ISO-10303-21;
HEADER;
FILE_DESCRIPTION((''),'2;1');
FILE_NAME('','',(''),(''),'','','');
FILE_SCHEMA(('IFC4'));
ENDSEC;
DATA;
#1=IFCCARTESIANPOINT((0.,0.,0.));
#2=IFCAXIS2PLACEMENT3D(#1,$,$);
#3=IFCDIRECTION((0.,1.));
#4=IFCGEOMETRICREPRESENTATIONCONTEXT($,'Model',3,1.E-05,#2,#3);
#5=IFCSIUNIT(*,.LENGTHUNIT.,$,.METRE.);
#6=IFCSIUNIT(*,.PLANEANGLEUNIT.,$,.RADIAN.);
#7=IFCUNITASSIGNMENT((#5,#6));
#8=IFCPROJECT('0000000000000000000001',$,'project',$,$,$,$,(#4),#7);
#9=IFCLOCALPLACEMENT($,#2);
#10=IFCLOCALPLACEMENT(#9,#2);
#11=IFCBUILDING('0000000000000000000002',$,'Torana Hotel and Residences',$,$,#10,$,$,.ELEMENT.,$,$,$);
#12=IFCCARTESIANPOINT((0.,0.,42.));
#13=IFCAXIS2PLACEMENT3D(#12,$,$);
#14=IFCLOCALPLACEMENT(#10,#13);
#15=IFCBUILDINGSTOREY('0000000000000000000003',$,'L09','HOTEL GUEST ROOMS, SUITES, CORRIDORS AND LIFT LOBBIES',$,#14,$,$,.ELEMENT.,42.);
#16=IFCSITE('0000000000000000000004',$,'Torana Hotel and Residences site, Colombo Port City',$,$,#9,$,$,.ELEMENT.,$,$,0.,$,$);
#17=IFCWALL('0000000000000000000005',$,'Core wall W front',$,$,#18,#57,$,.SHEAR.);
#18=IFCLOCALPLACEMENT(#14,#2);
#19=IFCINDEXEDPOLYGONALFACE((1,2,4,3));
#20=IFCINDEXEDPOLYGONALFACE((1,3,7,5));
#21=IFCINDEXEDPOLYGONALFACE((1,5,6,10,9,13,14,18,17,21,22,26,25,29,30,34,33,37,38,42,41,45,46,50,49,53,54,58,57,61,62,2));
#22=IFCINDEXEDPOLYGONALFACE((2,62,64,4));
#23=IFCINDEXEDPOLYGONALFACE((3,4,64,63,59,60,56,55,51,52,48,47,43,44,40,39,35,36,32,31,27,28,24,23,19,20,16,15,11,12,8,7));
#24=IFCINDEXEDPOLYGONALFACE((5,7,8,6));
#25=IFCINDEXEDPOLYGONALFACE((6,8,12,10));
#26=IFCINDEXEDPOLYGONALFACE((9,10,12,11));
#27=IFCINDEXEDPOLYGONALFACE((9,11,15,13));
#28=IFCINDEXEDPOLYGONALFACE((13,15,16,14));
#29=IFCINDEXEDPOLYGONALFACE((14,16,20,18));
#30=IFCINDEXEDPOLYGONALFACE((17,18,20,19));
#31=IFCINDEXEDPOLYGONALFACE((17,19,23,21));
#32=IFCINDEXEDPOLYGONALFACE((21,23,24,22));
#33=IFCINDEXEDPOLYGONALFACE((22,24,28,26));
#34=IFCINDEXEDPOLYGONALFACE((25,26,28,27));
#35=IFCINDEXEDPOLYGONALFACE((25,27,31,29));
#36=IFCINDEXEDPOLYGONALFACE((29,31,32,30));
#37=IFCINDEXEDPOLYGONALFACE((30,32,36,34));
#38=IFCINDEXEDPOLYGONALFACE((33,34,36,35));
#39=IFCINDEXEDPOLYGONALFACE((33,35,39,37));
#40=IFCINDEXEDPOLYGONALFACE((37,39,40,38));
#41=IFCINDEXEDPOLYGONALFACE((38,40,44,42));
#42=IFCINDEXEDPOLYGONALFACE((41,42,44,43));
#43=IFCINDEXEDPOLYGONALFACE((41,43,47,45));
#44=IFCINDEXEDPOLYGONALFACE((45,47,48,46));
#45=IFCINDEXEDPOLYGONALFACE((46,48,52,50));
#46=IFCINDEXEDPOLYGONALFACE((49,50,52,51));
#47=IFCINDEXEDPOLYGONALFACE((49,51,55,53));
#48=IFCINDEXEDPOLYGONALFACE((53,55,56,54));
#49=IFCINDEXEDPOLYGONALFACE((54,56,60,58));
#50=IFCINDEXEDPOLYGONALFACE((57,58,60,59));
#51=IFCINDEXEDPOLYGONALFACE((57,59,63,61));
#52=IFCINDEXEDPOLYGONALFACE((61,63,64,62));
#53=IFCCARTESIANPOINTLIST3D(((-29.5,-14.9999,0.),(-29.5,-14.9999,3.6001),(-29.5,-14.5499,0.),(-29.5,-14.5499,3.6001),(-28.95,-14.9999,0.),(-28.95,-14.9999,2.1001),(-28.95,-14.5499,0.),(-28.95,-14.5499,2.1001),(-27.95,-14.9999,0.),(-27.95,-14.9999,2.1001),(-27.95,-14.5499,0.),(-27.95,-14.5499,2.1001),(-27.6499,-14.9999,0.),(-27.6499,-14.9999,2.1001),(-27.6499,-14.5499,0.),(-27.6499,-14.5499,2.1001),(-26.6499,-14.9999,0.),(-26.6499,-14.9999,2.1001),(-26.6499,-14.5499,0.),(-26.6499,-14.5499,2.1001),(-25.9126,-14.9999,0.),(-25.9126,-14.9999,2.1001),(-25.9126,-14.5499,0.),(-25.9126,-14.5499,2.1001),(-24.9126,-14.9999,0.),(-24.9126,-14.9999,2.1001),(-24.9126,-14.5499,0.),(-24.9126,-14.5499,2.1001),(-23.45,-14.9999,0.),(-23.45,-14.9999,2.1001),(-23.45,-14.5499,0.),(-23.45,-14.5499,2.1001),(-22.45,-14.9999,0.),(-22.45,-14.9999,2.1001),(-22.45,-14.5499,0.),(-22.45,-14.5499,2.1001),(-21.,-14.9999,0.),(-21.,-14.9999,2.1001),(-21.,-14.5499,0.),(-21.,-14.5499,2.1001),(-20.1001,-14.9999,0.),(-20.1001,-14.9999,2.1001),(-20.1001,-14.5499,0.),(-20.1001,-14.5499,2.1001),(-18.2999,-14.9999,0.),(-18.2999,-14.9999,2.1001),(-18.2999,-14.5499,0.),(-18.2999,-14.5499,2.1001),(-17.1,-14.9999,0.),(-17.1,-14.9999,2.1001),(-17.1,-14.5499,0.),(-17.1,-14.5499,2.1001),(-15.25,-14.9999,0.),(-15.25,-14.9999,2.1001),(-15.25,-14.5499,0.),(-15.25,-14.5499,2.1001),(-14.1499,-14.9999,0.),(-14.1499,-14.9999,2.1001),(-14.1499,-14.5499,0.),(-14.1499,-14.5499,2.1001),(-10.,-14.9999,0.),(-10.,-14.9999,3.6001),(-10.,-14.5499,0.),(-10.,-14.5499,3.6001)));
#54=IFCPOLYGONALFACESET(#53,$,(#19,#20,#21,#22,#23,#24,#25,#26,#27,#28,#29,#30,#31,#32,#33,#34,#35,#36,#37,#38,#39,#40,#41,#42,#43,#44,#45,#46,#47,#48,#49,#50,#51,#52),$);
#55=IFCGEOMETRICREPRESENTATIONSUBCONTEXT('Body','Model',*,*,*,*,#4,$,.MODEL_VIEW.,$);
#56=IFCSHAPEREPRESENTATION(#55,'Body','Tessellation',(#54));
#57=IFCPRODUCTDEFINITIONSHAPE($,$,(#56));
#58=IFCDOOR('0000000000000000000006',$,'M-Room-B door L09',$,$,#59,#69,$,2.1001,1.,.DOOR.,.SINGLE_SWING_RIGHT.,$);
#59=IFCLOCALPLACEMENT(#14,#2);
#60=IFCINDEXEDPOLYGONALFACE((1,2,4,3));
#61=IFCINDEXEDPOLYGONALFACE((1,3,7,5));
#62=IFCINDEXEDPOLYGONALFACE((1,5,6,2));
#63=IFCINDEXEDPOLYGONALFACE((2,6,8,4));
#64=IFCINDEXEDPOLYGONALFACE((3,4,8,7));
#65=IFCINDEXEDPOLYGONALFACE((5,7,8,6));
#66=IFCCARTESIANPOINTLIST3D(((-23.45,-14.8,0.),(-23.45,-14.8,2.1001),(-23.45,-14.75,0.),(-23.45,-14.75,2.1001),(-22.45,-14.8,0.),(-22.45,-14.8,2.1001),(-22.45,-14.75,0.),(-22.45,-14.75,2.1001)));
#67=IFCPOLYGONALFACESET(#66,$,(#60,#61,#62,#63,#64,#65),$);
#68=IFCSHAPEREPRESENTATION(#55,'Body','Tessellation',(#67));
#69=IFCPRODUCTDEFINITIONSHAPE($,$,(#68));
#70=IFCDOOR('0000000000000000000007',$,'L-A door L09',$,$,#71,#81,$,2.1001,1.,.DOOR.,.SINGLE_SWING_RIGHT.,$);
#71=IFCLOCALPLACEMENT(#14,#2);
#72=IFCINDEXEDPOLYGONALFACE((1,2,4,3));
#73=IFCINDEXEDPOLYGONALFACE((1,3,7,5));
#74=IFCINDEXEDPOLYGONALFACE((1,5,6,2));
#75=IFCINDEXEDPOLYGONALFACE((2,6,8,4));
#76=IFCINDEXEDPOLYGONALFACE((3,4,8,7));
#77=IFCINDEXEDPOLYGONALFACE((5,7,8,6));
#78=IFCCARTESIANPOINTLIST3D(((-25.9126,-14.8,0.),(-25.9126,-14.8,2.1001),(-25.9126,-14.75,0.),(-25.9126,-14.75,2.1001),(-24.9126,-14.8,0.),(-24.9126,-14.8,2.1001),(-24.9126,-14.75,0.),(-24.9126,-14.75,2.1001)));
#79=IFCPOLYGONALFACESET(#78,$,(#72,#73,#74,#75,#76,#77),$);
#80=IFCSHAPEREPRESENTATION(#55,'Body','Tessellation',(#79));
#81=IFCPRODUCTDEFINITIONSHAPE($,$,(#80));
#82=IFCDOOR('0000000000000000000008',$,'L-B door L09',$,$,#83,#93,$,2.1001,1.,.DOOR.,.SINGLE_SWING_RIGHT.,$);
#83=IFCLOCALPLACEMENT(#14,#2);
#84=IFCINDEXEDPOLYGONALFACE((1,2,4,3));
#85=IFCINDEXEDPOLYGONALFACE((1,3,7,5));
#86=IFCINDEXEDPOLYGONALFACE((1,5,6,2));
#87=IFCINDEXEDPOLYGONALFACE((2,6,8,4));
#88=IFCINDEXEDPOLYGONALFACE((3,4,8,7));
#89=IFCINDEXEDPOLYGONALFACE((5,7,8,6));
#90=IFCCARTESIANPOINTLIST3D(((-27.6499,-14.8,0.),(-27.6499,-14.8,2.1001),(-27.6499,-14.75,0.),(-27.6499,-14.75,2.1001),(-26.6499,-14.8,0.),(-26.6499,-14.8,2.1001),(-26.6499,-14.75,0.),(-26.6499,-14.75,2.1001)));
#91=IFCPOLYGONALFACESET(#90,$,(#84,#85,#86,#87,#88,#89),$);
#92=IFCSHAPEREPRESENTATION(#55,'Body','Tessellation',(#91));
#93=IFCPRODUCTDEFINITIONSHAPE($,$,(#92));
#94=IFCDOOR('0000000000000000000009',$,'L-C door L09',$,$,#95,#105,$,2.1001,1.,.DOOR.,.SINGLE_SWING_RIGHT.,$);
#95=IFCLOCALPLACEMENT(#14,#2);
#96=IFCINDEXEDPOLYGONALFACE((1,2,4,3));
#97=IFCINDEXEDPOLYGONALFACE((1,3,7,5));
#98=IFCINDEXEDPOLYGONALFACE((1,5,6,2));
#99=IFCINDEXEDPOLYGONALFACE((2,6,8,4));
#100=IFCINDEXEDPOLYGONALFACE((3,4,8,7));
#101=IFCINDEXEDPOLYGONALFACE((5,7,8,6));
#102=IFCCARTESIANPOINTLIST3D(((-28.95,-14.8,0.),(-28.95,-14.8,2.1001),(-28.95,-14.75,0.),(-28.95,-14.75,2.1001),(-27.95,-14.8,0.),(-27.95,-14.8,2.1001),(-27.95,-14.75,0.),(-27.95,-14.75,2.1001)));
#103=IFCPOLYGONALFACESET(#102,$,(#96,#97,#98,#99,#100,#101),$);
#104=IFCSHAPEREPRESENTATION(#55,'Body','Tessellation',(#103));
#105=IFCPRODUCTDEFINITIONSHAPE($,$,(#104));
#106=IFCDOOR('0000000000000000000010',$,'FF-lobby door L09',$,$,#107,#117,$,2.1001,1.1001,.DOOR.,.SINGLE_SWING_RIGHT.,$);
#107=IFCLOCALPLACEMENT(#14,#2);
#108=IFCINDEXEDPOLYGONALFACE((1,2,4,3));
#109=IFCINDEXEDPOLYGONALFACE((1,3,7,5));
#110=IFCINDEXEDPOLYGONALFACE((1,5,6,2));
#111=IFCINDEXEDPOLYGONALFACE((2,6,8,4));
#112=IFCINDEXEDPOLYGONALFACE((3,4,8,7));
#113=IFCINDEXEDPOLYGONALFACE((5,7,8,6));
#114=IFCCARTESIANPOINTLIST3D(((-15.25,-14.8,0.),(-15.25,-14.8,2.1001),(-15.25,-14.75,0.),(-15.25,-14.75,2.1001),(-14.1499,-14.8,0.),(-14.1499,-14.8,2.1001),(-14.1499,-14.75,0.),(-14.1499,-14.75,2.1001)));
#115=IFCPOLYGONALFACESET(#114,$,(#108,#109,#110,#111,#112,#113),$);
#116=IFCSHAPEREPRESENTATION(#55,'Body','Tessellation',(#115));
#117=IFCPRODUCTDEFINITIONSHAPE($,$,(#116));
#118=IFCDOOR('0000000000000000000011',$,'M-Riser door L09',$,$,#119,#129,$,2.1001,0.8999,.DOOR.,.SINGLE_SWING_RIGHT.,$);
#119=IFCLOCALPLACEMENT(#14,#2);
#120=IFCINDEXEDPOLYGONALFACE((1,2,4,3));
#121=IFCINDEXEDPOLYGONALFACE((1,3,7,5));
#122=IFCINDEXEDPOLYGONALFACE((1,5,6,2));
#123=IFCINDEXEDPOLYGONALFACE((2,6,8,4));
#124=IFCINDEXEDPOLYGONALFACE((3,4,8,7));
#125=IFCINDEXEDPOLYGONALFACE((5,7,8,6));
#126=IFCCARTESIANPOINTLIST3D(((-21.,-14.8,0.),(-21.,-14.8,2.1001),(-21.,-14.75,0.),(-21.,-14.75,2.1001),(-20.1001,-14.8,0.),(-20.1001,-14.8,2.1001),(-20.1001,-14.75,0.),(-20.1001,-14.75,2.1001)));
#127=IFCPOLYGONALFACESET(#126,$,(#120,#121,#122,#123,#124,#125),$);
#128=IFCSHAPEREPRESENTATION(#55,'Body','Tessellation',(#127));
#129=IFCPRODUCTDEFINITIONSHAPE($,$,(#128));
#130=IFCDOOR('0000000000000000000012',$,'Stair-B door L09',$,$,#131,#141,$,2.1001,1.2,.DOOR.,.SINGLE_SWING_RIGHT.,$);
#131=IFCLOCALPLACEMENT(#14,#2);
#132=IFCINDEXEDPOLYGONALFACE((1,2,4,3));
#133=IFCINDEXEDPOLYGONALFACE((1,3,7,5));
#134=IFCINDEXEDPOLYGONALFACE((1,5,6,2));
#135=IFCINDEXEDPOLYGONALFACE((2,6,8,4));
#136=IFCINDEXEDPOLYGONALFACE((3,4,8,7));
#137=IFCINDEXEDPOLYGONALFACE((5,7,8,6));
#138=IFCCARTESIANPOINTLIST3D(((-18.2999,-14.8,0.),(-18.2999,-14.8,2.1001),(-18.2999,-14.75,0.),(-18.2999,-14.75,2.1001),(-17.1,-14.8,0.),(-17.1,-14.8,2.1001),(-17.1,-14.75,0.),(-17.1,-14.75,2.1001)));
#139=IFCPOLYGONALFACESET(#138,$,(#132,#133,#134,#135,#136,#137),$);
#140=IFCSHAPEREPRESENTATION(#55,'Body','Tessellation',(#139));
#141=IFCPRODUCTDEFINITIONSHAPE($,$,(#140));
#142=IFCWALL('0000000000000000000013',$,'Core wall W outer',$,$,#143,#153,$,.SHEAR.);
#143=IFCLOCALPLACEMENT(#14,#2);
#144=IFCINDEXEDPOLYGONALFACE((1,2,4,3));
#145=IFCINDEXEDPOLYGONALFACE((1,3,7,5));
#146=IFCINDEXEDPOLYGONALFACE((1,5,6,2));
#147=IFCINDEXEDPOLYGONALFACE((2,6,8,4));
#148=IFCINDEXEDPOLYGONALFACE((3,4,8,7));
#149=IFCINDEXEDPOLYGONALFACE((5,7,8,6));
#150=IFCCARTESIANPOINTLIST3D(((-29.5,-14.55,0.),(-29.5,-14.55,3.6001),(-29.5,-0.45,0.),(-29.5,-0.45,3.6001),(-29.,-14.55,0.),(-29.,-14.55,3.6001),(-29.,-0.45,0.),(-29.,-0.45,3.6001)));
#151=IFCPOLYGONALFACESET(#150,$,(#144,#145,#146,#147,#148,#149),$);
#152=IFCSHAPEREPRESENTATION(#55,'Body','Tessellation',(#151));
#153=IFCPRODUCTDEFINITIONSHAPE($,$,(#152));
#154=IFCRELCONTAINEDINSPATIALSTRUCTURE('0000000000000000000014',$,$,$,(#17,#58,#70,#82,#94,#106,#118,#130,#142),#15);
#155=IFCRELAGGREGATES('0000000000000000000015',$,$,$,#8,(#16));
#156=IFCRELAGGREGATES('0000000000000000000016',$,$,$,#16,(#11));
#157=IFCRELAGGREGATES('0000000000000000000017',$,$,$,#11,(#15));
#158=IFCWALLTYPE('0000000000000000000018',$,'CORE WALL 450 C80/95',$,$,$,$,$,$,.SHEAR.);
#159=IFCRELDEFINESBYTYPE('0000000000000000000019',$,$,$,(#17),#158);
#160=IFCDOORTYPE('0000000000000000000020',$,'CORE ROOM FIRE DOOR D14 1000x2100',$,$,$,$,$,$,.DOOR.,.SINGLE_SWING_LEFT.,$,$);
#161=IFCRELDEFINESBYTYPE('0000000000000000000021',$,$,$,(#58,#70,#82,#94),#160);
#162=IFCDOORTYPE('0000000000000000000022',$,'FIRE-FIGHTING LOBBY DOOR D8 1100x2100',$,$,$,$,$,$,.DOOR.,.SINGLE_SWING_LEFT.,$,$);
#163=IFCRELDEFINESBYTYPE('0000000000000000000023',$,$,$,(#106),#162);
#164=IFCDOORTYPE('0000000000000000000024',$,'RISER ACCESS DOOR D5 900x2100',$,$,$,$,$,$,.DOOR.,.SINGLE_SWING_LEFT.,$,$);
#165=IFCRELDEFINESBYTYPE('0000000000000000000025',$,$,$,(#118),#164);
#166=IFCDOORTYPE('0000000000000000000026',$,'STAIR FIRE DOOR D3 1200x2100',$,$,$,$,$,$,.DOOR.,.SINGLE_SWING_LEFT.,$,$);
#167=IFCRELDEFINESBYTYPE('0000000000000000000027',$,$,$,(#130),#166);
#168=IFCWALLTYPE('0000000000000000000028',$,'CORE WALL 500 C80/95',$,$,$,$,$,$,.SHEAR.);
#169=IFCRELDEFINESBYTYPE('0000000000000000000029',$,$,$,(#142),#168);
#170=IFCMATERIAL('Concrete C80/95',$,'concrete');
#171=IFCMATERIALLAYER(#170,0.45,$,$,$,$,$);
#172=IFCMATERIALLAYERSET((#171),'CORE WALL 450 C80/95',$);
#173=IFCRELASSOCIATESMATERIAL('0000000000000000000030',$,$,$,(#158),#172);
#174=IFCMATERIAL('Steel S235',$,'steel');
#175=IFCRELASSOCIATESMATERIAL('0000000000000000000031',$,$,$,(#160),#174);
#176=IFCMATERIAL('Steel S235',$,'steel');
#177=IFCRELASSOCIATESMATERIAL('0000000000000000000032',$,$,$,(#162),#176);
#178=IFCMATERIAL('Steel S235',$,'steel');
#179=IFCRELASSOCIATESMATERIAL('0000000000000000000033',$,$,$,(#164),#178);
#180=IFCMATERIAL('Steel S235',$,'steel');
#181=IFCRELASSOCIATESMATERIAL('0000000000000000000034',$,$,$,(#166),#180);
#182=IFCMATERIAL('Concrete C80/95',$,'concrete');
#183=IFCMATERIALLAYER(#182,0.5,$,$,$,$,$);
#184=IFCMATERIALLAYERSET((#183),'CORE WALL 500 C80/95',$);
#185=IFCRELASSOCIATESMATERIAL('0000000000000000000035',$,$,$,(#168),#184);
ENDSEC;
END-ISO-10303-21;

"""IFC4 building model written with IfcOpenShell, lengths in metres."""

from ifc_helpers import new_model, si_unit, direction, frame, frame_2d, origin, place, context, subcontext, project, spatial, rectangle, extrude, material, layer, layer_set, type_object, element, fill, save


model = new_model("IFC4")

# Units and contexts
model_context = context("Model", 3, precision=1e-05, world=origin(), true_north=direction((0.0, 1.0)))
body_context = subcontext(model_context, "Body", "Model", "MODEL_VIEW")
ifc_project = project(units=[si_unit("LENGTHUNIT", "METRE"), si_unit("PLANEANGLEUNIT", "RADIAN")], contexts=[model_context])

# Site, building, storey
site_placement = place(None, origin())
site = spatial("IfcSite", under=ifc_project, at=site_placement, Name="Torana Hotel and Residences site, Colombo Port City", CompositionType="ELEMENT", RefElevation=0.0)
building_placement = place(site_placement, origin())
building = spatial("IfcBuilding", under=site, at=building_placement, Name="Torana Hotel and Residences", CompositionType="ELEMENT")
storey_placement = place(building_placement, frame((0.0, 0.0, 42.0)))
storey = spatial("IfcBuildingStorey", under=building, at=storey_placement, Name="L09", Description="HOTEL GUEST ROOMS, SUITES, CORRIDORS AND LIFT LOBBIES", CompositionType="ELEMENT", Elevation=42.0)

# Wall, openings, doors
ifc_material_1 = material(Name="Concrete C80/95", Category="concrete")
ifc_layer_1 = layer(ifc_material_1, 0.45)
ifc_layer_set_1 = layer_set([ifc_layer_1], Name="CORE WALL 450 C80/95")
wall_type_1 = type_object("IfcWallType", Name="CORE WALL 450 C80/95", PredefinedType="SHEAR", material=ifc_layer_set_1)
wall_1_placement = place(storey_placement, frame((-29.5, -14.7749, 0.0), z_axis=(0.0, 0.0, 1.0), x_axis=(1.0, 0.0, 0.0)))
wall_1 = element("IfcWall", 1, at=wall_1_placement, inside=storey, type_object=wall_type_1, Name="Core wall W front", PredefinedType="SHEAR", context=body_context, shape_type="SweptSolid", body=[
    extrude(rectangle(XDim=19.5, YDim=0.45, at=frame_2d((9.75, 0.0))), origin(), (0.0, 0.0, 1.0), 3.6001),
])
opening_1_placement = place(wall_1_placement, frame((11.2, 0.0, 0.0)))
opening_1 = element("IfcOpeningElement", 2, at=opening_1_placement, cuts=wall_1, PredefinedType="OPENING", context=body_context, shape_type="SweptSolid", body=[
    extrude(rectangle(XDim=1.2, YDim=2.1001, at=frame_2d((0.6001, 1.05))), frame((0.0, 0.2349, 0.0), z_axis=(0.0, -1.0, 0.0), x_axis=(1.0, 0.0, 0.0)), (0.0, 0.0, 1.0), 0.47),
])
opening_2_placement = place(wall_1_placement, frame((14.25, 0.0, 0.0)))
opening_2 = element("IfcOpeningElement", 3, at=opening_2_placement, cuts=wall_1, PredefinedType="OPENING", context=body_context, shape_type="SweptSolid", body=[
    extrude(rectangle(XDim=1.1001, YDim=2.1001, at=frame_2d((0.55, 1.05))), frame((0.0, 0.2349, 0.0), z_axis=(0.0, -1.0, 0.0), x_axis=(1.0, 0.0, 0.0)), (0.0, 0.0, 1.0), 0.47),
])
opening_3_placement = place(wall_1_placement, frame((8.5, 0.0, 0.0)))
opening_3 = element("IfcOpeningElement", 4, at=opening_3_placement, cuts=wall_1, PredefinedType="OPENING", context=body_context, shape_type="SweptSolid", body=[
    extrude(rectangle(XDim=0.8999, YDim=2.1001, at=frame_2d((0.45, 1.05))), frame((0.0, 0.2349, 0.0), z_axis=(0.0, -1.0, 0.0), x_axis=(1.0, 0.0, 0.0)), (0.0, 0.0, 1.0), 0.47),
])
opening_4_placement = place(wall_1_placement, frame((6.05, 0.0, 0.0)))
opening_4 = element("IfcOpeningElement", 5, at=opening_4_placement, cuts=wall_1, PredefinedType="OPENING", context=body_context, shape_type="SweptSolid", body=[
    extrude(rectangle(XDim=1.0, YDim=2.1001, at=frame_2d((0.5, 1.05))), frame((0.0, 0.2349, 0.0), z_axis=(0.0, -1.0, 0.0), x_axis=(1.0, 0.0, 0.0)), (0.0, 0.0, 1.0), 0.47),
])
opening_5_placement = place(wall_1_placement, frame((3.5874, 0.0, 0.0)))
opening_5 = element("IfcOpeningElement", 6, at=opening_5_placement, cuts=wall_1, PredefinedType="OPENING", context=body_context, shape_type="SweptSolid", body=[
    extrude(rectangle(XDim=1.0, YDim=2.1001, at=frame_2d((0.5, 1.05))), frame((0.0, 0.2349, 0.0), z_axis=(0.0, -1.0, 0.0), x_axis=(1.0, 0.0, 0.0)), (0.0, 0.0, 1.0), 0.47),
])
opening_6_placement = place(wall_1_placement, frame((1.8501, 0.0, 0.0)))
opening_6 = element("IfcOpeningElement", 7, at=opening_6_placement, cuts=wall_1, PredefinedType="OPENING", context=body_context, shape_type="SweptSolid", body=[
    extrude(rectangle(XDim=1.0, YDim=2.1001, at=frame_2d((0.5, 1.05))), frame((0.0, 0.2349, 0.0), z_axis=(0.0, -1.0, 0.0), x_axis=(1.0, 0.0, 0.0)), (0.0, 0.0, 1.0), 0.47),
])
opening_7_placement = place(wall_1_placement, frame((0.55, 0.0, 0.0)))
opening_7 = element("IfcOpeningElement", 8, at=opening_7_placement, cuts=wall_1, PredefinedType="OPENING", context=body_context, shape_type="SweptSolid", body=[
    extrude(rectangle(XDim=1.0, YDim=2.1001, at=frame_2d((0.5, 1.05))), frame((0.0, 0.2349, 0.0), z_axis=(0.0, -1.0, 0.0), x_axis=(1.0, 0.0, 0.0)), (0.0, 0.0, 1.0), 0.47),
])
ifc_material_2 = material(Name="Steel S235", Category="steel")
door_type_1 = type_object("IfcDoorType", Name="CORE ROOM FIRE DOOR D14 1000x2100", OperationType="SINGLE_SWING_LEFT", PredefinedType="DOOR", material=ifc_material_2)
door_1_placement = place(opening_4_placement, origin())
door_1 = element("IfcDoor", 9, at=door_1_placement, inside=storey, type_object=door_type_1, Name="M-Room-B door L09", OperationType="SINGLE_SWING_RIGHT", OverallHeight=2.1001, OverallWidth=1.0, PredefinedType="DOOR", context=body_context, shape_type="SweptSolid", body=[
    extrude(rectangle(XDim=1.0, YDim=2.1001, at=frame_2d((0.5, 1.05))), frame((0.0, 0.0249, 0.0), z_axis=(0.0, -1.0, 0.0), x_axis=(1.0, 0.0, 0.0)), (0.0, 0.0, 1.0), 0.05),
])
fill(opening_4, door_1)
door_2_placement = place(opening_5_placement, origin())
door_2 = element("IfcDoor", 10, at=door_2_placement, inside=storey, type_object=door_type_1, Name="L-A door L09", OperationType="SINGLE_SWING_RIGHT", OverallHeight=2.1001, OverallWidth=1.0, PredefinedType="DOOR", context=body_context, shape_type="SweptSolid", body=[
    extrude(rectangle(XDim=1.0, YDim=2.1001, at=frame_2d((0.5, 1.05))), frame((0.0, 0.0249, 0.0), z_axis=(0.0, -1.0, 0.0), x_axis=(1.0, 0.0, 0.0)), (0.0, 0.0, 1.0), 0.05),
])
fill(opening_5, door_2)
door_3_placement = place(opening_6_placement, origin())
door_3 = element("IfcDoor", 11, at=door_3_placement, inside=storey, type_object=door_type_1, Name="L-B door L09", OperationType="SINGLE_SWING_RIGHT", OverallHeight=2.1001, OverallWidth=1.0, PredefinedType="DOOR", context=body_context, shape_type="SweptSolid", body=[
    extrude(rectangle(XDim=1.0, YDim=2.1001, at=frame_2d((0.5, 1.05))), frame((0.0, 0.0249, 0.0), z_axis=(0.0, -1.0, 0.0), x_axis=(1.0, 0.0, 0.0)), (0.0, 0.0, 1.0), 0.05),
])
fill(opening_6, door_3)
door_4_placement = place(opening_7_placement, origin())
door_4 = element("IfcDoor", 12, at=door_4_placement, inside=storey, type_object=door_type_1, Name="L-C door L09", OperationType="SINGLE_SWING_RIGHT", OverallHeight=2.1001, OverallWidth=1.0, PredefinedType="DOOR", context=body_context, shape_type="SweptSolid", body=[
    extrude(rectangle(XDim=1.0, YDim=2.1001, at=frame_2d((0.5, 1.05))), frame((0.0, 0.0249, 0.0), z_axis=(0.0, -1.0, 0.0), x_axis=(1.0, 0.0, 0.0)), (0.0, 0.0, 1.0), 0.05),
])
fill(opening_7, door_4)
ifc_material_3 = material(Name="Steel S235", Category="steel")
door_type_2 = type_object("IfcDoorType", Name="FIRE-FIGHTING LOBBY DOOR D8 1100x2100", OperationType="SINGLE_SWING_LEFT", PredefinedType="DOOR", material=ifc_material_3)
door_5_placement = place(opening_2_placement, origin())
door_5 = element("IfcDoor", 13, at=door_5_placement, inside=storey, type_object=door_type_2, Name="FF-lobby door L09", OperationType="SINGLE_SWING_RIGHT", OverallHeight=2.1001, OverallWidth=1.1001, PredefinedType="DOOR", context=body_context, shape_type="SweptSolid", body=[
    extrude(rectangle(XDim=1.1001, YDim=2.1001, at=frame_2d((0.55, 1.05))), frame((0.0, 0.0249, 0.0), z_axis=(0.0, -1.0, 0.0), x_axis=(1.0, 0.0, 0.0)), (0.0, 0.0, 1.0), 0.05),
])
fill(opening_2, door_5)
ifc_material_4 = material(Name="Steel S235", Category="steel")
door_type_3 = type_object("IfcDoorType", Name="RISER ACCESS DOOR D5 900x2100", OperationType="SINGLE_SWING_LEFT", PredefinedType="DOOR", material=ifc_material_4)
door_6_placement = place(opening_3_placement, origin())
door_6 = element("IfcDoor", 14, at=door_6_placement, inside=storey, type_object=door_type_3, Name="M-Riser door L09", OperationType="SINGLE_SWING_RIGHT", OverallHeight=2.1001, OverallWidth=0.8999, PredefinedType="DOOR", context=body_context, shape_type="SweptSolid", body=[
    extrude(rectangle(XDim=0.8999, YDim=2.1001, at=frame_2d((0.45, 1.05))), frame((0.0, 0.0249, 0.0), z_axis=(0.0, -1.0, 0.0), x_axis=(1.0, 0.0, 0.0)), (0.0, 0.0, 1.0), 0.05),
])
fill(opening_3, door_6)
ifc_material_5 = material(Name="Steel S235", Category="steel")
door_type_4 = type_object("IfcDoorType", Name="STAIR FIRE DOOR D3 1200x2100", OperationType="SINGLE_SWING_LEFT", PredefinedType="DOOR", material=ifc_material_5)
door_7_placement = place(opening_1_placement, origin())
door_7 = element("IfcDoor", 15, at=door_7_placement, inside=storey, type_object=door_type_4, Name="Stair-B door L09", OperationType="SINGLE_SWING_RIGHT", OverallHeight=2.1001, OverallWidth=1.2, PredefinedType="DOOR", context=body_context, shape_type="SweptSolid", body=[
    extrude(rectangle(XDim=1.2, YDim=2.1001, at=frame_2d((0.6001, 1.05))), frame((0.0, 0.0249, 0.0), z_axis=(0.0, -1.0, 0.0), x_axis=(1.0, 0.0, 0.0)), (0.0, 0.0, 1.0), 0.05),
])
fill(opening_1, door_7)

# Wall
ifc_material_6 = material(Name="Concrete C80/95", Category="concrete")
ifc_layer_2 = layer(ifc_material_6, 0.5)
ifc_layer_set_2 = layer_set([ifc_layer_2], Name="CORE WALL 500 C80/95")
wall_type_2 = type_object("IfcWallType", Name="CORE WALL 500 C80/95", PredefinedType="SHEAR", material=ifc_layer_set_2)
wall_2_placement = place(storey_placement, frame((-29.25, -14.55, 0.0), z_axis=(0.0, 0.0, 1.0), x_axis=(0.0, 1.0, 0.0)))
element("IfcWall", 16, at=wall_2_placement, inside=storey, type_object=wall_type_2, Name="Core wall W outer", PredefinedType="SHEAR", context=body_context, shape_type="SweptSolid", body=[
    extrude(rectangle(XDim=14.1001, YDim=0.5, at=frame_2d((7.05, 0.0))), origin(), (0.0, 0.0, 1.0), 3.6001),
])

save(model, "model.ifc")
